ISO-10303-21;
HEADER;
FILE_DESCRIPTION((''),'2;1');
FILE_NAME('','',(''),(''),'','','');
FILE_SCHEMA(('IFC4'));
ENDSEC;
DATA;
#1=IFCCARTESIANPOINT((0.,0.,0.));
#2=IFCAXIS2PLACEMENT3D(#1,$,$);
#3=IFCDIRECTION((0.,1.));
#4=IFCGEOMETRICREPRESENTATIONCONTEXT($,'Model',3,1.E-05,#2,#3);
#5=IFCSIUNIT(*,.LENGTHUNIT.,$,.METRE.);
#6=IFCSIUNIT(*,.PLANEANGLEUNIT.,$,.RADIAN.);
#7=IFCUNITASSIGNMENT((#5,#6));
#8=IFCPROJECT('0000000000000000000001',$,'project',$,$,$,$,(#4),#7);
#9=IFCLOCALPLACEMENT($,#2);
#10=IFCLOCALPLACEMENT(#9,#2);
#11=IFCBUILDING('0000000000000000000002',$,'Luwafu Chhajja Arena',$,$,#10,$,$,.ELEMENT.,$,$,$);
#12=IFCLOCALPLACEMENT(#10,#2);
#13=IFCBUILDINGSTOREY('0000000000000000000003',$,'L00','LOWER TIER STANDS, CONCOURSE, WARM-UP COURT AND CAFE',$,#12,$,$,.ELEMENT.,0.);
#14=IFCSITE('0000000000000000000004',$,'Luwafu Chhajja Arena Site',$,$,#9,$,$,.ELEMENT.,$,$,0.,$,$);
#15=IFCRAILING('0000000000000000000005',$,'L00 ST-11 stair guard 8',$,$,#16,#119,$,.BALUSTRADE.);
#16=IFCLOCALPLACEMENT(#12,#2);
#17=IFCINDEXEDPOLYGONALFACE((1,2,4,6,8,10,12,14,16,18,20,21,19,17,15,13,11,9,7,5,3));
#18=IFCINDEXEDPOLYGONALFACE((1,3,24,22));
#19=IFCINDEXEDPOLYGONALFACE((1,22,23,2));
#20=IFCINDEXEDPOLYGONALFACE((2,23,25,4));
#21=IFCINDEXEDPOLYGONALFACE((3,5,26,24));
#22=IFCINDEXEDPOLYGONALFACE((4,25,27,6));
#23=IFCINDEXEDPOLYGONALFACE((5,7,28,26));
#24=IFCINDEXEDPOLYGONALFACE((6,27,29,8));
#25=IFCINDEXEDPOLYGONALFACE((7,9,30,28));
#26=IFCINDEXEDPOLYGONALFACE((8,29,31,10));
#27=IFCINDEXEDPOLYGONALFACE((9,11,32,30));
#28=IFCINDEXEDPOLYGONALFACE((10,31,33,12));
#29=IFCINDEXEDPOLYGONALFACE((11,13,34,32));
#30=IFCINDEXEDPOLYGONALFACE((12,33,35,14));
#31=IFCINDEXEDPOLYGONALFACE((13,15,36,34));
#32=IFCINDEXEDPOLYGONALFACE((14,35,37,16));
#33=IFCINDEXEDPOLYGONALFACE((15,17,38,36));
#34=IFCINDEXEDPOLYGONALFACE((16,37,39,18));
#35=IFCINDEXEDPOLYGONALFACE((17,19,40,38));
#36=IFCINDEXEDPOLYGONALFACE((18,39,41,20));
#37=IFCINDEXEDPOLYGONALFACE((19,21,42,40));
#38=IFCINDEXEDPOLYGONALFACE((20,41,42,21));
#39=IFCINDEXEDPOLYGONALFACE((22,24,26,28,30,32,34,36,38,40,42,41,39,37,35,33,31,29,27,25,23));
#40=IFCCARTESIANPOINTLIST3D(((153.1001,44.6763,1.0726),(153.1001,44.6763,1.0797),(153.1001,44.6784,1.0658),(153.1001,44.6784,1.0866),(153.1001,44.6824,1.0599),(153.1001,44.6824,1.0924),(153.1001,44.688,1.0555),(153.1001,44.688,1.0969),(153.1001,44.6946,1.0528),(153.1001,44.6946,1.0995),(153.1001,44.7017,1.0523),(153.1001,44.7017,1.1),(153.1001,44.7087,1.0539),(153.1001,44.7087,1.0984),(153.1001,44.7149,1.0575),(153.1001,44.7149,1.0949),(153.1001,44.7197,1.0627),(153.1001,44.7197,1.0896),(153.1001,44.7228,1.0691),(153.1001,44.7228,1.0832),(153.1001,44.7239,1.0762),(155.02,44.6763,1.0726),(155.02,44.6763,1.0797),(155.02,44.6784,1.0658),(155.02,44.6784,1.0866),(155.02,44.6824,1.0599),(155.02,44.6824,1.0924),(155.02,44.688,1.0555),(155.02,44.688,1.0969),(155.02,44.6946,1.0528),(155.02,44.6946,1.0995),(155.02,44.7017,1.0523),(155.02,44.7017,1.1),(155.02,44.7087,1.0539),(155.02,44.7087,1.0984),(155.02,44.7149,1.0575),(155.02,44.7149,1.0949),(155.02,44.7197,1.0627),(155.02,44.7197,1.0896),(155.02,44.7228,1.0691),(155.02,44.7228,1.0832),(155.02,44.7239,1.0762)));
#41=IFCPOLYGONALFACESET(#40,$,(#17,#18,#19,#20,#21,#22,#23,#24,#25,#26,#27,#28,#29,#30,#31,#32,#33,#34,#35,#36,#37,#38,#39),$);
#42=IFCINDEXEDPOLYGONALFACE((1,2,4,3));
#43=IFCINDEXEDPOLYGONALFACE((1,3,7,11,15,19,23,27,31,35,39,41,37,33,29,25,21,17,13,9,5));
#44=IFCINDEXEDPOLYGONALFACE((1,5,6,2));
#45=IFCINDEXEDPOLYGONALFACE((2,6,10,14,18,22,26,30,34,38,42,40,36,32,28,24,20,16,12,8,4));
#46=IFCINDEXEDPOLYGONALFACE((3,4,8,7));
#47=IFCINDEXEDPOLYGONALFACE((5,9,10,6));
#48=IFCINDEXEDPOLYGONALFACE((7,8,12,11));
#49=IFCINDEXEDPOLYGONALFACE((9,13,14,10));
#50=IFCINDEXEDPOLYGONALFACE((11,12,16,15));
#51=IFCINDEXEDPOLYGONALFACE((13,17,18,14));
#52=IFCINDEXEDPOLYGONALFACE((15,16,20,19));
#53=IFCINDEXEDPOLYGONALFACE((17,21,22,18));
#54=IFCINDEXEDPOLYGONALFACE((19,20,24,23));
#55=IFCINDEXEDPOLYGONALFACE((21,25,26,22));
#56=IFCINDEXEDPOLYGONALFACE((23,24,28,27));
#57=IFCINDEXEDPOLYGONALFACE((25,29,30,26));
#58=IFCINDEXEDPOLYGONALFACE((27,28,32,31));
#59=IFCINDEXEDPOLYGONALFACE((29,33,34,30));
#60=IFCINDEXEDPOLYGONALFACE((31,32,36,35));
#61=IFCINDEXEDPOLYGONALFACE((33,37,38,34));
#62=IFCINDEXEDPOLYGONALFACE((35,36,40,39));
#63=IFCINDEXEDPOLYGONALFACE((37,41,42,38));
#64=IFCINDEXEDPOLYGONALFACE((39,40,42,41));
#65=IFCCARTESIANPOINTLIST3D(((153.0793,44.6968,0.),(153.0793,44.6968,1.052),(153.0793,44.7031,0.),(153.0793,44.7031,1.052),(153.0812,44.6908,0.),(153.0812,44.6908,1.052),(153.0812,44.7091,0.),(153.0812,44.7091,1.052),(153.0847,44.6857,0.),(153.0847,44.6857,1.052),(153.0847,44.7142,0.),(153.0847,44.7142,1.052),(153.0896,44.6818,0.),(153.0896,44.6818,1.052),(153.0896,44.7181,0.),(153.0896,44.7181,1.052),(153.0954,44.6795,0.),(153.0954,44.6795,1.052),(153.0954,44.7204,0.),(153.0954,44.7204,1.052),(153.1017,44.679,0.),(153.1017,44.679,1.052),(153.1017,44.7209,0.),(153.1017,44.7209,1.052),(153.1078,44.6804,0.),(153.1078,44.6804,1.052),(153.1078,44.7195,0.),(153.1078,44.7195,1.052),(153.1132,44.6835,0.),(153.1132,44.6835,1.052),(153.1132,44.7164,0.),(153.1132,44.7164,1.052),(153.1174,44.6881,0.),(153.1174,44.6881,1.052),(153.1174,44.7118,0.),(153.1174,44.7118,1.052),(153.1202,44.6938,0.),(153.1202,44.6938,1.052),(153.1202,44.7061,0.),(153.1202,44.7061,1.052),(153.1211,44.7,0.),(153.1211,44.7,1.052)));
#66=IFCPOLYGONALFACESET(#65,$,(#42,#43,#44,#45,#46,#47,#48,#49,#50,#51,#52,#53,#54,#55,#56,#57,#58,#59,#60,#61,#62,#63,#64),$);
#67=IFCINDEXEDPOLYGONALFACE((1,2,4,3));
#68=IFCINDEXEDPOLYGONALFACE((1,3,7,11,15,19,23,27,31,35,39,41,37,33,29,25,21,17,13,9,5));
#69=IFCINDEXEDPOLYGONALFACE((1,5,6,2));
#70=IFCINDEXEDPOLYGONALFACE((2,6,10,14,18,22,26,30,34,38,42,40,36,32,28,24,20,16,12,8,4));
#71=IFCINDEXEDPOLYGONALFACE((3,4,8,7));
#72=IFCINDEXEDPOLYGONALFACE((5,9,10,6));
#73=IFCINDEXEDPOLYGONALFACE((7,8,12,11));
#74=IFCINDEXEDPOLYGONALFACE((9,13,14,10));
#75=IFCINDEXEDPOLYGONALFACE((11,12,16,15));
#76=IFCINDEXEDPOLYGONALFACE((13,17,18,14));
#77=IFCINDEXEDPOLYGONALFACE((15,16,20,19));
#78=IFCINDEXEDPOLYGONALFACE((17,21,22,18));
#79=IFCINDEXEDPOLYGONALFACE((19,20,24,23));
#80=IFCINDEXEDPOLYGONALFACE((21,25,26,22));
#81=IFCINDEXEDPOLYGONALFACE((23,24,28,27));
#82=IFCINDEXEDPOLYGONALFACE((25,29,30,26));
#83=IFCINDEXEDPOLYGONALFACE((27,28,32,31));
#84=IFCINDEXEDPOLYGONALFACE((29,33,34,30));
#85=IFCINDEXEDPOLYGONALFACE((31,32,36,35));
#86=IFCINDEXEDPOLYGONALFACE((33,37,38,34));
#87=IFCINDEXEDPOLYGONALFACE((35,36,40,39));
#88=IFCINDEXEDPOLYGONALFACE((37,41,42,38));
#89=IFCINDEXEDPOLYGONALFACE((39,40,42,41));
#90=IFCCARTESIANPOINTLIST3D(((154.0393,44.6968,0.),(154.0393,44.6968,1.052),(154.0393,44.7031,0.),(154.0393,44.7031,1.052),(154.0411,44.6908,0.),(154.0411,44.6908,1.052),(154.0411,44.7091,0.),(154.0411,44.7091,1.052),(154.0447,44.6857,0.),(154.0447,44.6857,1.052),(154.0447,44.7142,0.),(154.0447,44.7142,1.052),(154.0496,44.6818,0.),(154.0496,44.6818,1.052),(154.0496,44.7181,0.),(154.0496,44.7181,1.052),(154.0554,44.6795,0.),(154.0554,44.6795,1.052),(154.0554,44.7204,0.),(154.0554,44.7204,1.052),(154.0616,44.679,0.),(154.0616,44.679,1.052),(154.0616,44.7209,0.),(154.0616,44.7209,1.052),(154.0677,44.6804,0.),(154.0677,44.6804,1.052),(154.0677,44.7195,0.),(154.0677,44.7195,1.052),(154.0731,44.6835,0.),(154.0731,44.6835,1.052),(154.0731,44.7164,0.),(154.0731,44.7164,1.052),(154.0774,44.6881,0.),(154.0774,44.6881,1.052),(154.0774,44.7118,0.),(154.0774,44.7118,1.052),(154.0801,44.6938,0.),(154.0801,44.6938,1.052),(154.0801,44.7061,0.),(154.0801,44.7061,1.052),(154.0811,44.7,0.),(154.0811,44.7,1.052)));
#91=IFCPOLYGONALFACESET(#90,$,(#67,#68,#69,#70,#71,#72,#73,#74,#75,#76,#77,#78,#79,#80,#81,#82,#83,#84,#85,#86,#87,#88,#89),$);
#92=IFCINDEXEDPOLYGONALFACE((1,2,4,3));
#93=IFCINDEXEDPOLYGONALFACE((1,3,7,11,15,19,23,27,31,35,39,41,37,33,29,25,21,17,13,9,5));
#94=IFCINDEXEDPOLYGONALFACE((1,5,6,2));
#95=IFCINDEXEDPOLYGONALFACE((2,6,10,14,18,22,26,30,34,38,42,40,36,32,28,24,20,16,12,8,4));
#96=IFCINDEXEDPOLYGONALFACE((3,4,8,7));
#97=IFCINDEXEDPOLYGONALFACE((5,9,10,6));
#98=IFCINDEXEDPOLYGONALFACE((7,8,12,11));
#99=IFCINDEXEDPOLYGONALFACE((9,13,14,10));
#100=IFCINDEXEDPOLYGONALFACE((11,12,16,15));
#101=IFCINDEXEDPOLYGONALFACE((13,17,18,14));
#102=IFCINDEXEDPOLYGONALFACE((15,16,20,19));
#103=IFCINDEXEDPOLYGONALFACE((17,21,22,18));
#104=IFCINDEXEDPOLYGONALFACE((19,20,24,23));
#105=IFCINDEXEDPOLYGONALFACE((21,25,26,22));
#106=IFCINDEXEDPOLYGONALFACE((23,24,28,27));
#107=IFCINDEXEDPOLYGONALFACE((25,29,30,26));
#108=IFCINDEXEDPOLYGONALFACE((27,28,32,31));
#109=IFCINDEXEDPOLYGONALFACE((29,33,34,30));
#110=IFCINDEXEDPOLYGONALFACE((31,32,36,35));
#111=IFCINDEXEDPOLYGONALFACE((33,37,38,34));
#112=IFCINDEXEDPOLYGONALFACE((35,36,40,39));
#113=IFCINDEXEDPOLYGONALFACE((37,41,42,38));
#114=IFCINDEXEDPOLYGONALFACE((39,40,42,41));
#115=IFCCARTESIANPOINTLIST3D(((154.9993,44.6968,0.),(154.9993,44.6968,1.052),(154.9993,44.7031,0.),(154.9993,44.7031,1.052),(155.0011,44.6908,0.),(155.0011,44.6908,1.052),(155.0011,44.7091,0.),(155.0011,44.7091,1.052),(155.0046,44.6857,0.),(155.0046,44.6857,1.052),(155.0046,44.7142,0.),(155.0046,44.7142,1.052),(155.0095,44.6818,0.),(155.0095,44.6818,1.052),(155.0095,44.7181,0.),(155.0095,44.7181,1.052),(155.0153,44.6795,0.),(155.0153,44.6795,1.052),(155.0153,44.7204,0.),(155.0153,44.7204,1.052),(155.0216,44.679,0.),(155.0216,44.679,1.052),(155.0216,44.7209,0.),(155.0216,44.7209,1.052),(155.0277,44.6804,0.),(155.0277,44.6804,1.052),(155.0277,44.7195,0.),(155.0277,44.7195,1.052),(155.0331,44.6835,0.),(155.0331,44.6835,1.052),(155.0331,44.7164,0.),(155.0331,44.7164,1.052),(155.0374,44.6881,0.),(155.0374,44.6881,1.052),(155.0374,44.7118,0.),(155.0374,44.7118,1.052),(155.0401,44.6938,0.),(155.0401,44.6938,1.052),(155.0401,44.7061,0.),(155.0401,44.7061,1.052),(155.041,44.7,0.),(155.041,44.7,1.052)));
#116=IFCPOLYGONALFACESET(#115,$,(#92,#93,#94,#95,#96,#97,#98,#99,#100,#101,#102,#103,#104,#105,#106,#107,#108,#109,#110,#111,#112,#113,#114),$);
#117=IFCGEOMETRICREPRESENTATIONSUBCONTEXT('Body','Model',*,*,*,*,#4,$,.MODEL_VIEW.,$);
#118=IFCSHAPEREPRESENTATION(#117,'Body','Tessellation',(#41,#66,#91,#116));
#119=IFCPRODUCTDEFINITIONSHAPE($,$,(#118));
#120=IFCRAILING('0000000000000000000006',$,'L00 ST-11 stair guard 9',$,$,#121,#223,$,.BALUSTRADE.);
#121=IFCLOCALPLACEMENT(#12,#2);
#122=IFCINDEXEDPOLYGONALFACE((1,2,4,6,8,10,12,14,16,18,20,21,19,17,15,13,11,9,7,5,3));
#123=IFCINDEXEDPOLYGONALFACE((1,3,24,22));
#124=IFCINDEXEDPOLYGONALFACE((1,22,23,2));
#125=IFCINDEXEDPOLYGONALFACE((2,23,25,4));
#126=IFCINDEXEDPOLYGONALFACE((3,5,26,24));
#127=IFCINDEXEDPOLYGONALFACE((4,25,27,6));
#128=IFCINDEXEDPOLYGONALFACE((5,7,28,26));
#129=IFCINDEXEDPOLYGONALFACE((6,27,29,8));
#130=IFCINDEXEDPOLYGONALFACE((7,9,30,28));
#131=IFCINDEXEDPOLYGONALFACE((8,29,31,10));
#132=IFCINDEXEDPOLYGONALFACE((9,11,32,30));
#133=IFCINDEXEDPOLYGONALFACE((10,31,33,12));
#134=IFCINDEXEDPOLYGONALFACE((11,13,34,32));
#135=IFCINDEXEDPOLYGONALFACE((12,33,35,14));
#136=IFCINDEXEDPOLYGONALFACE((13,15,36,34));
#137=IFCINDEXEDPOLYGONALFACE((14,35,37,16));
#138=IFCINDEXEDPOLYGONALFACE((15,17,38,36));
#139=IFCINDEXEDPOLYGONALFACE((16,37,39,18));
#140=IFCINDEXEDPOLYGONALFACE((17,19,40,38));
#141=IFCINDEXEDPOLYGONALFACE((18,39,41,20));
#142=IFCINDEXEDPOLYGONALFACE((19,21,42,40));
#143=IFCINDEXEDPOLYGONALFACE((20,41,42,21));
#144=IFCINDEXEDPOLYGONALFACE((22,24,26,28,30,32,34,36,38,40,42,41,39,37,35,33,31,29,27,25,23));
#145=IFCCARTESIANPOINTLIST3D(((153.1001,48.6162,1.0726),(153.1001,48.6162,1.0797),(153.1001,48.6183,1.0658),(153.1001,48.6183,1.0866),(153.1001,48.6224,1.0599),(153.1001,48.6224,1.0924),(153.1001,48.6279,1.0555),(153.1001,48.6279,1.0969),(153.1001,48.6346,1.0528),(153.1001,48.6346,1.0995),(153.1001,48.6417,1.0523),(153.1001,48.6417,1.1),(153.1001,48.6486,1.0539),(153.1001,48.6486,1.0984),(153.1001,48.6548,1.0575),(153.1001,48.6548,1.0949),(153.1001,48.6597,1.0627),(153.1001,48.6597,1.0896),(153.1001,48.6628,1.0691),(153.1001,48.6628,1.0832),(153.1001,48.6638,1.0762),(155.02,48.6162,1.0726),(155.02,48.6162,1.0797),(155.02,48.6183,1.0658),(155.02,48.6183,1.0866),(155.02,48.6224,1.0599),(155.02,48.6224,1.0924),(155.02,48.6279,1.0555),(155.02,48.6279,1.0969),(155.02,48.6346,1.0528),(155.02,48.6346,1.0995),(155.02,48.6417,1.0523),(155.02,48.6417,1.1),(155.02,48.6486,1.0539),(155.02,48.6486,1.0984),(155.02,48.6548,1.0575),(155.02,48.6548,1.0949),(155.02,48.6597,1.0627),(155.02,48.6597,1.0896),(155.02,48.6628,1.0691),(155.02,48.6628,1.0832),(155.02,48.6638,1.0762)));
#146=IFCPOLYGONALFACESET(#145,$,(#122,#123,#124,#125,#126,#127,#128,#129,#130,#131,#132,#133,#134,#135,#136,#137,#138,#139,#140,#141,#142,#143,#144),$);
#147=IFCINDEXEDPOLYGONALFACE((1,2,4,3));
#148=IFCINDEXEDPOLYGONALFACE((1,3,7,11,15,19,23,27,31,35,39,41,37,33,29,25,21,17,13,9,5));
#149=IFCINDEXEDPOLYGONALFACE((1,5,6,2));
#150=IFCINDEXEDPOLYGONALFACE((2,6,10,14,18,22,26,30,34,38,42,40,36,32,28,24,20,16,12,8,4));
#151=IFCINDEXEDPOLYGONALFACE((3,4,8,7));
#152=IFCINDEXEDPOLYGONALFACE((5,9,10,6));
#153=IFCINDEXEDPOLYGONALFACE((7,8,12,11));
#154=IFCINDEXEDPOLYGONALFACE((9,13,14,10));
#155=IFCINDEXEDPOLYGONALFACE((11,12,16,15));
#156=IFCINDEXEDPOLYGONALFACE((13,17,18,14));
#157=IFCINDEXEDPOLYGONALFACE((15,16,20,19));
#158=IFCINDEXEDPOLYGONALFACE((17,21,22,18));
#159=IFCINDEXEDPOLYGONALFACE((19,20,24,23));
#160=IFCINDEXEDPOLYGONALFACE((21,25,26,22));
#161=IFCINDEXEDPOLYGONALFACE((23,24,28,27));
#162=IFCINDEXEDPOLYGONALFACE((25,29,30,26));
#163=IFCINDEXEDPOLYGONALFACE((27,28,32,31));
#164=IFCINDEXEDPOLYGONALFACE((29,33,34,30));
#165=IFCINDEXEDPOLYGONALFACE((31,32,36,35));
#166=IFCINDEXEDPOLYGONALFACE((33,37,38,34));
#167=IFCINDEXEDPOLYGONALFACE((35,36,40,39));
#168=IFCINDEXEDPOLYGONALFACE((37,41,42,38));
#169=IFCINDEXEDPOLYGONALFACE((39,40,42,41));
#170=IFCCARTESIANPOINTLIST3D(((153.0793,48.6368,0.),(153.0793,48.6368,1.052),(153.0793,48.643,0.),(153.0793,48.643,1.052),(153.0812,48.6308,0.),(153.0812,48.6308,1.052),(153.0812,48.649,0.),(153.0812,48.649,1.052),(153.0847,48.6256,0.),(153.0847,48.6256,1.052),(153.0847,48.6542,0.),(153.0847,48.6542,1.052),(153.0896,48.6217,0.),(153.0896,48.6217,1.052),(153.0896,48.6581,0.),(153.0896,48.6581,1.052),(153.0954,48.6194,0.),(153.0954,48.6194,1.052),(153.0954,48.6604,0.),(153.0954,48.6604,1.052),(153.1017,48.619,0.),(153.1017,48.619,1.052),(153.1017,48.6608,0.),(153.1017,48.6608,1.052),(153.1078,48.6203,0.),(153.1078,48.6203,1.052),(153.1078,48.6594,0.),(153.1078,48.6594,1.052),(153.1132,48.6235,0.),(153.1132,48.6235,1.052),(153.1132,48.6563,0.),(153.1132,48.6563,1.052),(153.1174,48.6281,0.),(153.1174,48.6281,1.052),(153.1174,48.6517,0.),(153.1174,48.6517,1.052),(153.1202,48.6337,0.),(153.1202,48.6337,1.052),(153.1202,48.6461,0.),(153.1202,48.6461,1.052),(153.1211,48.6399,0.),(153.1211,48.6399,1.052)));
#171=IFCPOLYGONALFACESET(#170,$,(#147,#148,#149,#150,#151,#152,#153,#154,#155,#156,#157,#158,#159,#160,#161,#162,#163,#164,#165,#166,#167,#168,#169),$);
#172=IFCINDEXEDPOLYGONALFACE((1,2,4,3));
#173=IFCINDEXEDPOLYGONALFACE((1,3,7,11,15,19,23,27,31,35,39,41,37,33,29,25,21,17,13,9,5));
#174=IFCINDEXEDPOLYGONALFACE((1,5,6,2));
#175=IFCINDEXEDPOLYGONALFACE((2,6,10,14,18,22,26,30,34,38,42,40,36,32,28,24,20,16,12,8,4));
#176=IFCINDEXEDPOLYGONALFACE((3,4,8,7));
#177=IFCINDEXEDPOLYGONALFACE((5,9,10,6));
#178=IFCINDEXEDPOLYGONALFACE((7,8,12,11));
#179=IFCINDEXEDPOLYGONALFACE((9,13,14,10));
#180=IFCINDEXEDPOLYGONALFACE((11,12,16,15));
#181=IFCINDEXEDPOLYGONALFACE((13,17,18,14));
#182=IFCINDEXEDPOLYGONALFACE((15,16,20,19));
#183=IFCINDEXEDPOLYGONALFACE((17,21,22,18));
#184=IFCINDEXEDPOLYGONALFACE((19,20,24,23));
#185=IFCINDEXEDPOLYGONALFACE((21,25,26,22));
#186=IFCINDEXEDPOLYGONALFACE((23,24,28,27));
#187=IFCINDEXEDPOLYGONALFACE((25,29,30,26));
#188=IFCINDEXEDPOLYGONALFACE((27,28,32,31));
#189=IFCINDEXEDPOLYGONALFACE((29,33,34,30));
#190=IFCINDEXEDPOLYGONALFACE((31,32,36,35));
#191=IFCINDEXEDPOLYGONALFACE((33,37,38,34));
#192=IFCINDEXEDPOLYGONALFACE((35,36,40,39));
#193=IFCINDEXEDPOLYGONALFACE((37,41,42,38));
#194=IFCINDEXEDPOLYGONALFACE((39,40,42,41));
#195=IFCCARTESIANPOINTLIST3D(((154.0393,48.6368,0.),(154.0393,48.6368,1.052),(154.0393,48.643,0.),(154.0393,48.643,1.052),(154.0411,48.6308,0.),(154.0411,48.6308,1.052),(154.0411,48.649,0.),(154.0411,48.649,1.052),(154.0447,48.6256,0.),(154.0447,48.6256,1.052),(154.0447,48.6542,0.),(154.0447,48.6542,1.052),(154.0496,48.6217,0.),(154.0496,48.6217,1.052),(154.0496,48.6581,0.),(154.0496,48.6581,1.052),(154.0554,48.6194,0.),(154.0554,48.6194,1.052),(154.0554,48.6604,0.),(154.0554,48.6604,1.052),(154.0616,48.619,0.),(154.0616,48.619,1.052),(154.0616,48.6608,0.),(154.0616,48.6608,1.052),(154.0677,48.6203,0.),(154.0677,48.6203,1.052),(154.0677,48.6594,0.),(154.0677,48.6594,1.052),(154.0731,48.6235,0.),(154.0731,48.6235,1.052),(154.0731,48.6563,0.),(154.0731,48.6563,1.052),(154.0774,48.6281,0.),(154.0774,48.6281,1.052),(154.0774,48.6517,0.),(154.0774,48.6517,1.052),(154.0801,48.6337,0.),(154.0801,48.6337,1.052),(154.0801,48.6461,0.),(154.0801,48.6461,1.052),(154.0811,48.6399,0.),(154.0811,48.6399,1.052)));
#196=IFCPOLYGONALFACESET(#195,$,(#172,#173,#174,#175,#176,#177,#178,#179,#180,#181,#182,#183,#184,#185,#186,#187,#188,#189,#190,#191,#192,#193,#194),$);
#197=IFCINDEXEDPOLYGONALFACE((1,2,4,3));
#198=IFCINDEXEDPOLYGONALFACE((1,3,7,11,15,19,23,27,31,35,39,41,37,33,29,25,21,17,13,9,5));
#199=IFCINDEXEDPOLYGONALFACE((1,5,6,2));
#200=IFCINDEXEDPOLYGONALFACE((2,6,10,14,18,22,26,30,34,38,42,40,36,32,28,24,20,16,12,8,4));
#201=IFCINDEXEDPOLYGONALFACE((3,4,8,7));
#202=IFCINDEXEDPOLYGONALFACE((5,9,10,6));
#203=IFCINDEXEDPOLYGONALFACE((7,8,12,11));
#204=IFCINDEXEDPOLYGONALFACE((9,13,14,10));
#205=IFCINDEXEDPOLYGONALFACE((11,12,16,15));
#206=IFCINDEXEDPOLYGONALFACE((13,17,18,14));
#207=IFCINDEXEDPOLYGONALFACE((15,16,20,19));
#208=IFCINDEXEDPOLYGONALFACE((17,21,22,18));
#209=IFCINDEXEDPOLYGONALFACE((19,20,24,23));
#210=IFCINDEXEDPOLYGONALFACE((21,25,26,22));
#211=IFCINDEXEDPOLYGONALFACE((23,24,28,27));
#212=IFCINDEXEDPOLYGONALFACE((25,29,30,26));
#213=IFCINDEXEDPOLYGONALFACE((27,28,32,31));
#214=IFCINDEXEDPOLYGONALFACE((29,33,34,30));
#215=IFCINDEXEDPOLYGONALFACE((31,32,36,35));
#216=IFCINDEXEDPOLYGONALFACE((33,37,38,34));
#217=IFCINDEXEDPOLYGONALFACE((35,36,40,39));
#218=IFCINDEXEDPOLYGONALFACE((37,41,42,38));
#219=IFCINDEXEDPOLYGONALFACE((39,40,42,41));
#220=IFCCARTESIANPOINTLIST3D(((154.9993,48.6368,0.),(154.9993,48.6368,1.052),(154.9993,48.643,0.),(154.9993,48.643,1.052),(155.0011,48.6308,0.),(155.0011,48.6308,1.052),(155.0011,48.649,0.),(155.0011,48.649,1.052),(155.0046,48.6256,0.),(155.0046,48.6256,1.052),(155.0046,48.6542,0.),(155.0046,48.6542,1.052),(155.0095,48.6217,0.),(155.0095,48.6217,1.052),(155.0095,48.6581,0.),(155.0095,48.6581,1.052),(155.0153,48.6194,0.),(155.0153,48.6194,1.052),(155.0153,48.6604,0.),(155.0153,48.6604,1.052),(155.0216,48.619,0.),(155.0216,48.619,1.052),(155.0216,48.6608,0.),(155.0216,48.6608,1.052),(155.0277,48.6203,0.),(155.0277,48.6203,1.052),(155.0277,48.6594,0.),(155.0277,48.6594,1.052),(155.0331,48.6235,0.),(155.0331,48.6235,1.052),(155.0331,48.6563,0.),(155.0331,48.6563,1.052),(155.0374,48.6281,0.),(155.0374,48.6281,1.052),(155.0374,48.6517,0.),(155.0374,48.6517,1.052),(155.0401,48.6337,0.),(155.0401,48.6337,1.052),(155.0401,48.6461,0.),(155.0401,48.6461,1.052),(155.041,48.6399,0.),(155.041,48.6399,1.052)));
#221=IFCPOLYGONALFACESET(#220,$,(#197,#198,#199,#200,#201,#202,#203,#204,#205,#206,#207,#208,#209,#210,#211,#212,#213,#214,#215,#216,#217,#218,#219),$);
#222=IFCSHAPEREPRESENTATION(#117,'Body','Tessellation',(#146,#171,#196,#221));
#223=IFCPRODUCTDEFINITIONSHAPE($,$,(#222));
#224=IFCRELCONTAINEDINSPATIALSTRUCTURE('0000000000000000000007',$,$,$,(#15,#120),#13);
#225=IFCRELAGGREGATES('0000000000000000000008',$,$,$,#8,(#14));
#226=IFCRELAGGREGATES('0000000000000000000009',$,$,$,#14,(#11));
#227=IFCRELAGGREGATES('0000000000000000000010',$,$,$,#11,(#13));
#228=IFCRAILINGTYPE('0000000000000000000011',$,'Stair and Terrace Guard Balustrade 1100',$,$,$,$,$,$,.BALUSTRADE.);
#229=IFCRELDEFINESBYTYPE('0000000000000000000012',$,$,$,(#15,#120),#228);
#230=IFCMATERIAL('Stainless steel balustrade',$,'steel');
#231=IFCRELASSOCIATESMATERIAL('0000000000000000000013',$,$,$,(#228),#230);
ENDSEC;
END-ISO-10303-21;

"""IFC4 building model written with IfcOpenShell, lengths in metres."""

from ifc_helpers import new_model, si_unit, direction, frame, origin, origin_2d, place, context, subcontext, project, spatial, circle, extrude, material, type_object, element, save


model = new_model("IFC4")

# Units and contexts
model_context = context("Model", 3, precision=1e-05, world=origin(), true_north=direction((0.0, 1.0)))
body_context = subcontext(model_context, "Body", "Model", "MODEL_VIEW")
ifc_project = project(units=[si_unit("LENGTHUNIT", "METRE"), si_unit("PLANEANGLEUNIT", "RADIAN")], contexts=[model_context])

# Site, building, storey
site_placement = place(None, origin())
site = spatial("IfcSite", under=ifc_project, at=site_placement, Name="Luwafu Chhajja Arena Site", CompositionType="ELEMENT", RefElevation=0.0)
building_placement = place(site_placement, origin())
building = spatial("IfcBuilding", under=site, at=building_placement, Name="Luwafu Chhajja Arena", CompositionType="ELEMENT")
storey_placement = place(building_placement, origin())
storey = spatial("IfcBuildingStorey", under=building, at=storey_placement, Name="L00", Description="LOWER TIER STANDS, CONCOURSE, WARM-UP COURT AND CAFE", CompositionType="ELEMENT", Elevation=0.0)

# Railings
ifc_material_1 = material(Name="Stainless steel balustrade", Category="steel")
railing_type = type_object("IfcRailingType", Name="Stair and Terrace Guard Balustrade 1100", PredefinedType="BALUSTRADE", material=ifc_material_1)
for number, where, name in (
    (1, (153.1001, 44.7, 0.0), "L00 ST-11 stair guard 8"),
    (2, (153.1001, 48.6399, 0.0), "L00 ST-11 stair guard 9"),
):
    element("IfcRailing", number, at=place(storey_placement, frame(where)), inside=storey, type_object=railing_type, Name=name, PredefinedType="BALUSTRADE", context=body_context, shape_type="SweptSolid", body=[
        extrude(circle(Radius=0.0239, at=origin_2d()), frame((0.0, 0.0, 1.0762), z_axis=(1.0, 0.0, 0.0), x_axis=(0.0, 1.0, 0.0)), (0.0, 0.0, 1.0), 1.9199),
        extrude(circle(Radius=0.021, at=origin_2d()), origin(), (0.0, 0.0, 1.0), 1.052),
        extrude(circle(Radius=0.021, at=origin_2d()), frame((0.96, 0.0, 0.0)), (0.0, 0.0, 1.0), 1.052),
        extrude(circle(Radius=0.021, at=origin_2d()), frame((1.9199, 0.0, 0.0)), (0.0, 0.0, 1.0), 1.052),
    ])

save(model, "model.ifc")
